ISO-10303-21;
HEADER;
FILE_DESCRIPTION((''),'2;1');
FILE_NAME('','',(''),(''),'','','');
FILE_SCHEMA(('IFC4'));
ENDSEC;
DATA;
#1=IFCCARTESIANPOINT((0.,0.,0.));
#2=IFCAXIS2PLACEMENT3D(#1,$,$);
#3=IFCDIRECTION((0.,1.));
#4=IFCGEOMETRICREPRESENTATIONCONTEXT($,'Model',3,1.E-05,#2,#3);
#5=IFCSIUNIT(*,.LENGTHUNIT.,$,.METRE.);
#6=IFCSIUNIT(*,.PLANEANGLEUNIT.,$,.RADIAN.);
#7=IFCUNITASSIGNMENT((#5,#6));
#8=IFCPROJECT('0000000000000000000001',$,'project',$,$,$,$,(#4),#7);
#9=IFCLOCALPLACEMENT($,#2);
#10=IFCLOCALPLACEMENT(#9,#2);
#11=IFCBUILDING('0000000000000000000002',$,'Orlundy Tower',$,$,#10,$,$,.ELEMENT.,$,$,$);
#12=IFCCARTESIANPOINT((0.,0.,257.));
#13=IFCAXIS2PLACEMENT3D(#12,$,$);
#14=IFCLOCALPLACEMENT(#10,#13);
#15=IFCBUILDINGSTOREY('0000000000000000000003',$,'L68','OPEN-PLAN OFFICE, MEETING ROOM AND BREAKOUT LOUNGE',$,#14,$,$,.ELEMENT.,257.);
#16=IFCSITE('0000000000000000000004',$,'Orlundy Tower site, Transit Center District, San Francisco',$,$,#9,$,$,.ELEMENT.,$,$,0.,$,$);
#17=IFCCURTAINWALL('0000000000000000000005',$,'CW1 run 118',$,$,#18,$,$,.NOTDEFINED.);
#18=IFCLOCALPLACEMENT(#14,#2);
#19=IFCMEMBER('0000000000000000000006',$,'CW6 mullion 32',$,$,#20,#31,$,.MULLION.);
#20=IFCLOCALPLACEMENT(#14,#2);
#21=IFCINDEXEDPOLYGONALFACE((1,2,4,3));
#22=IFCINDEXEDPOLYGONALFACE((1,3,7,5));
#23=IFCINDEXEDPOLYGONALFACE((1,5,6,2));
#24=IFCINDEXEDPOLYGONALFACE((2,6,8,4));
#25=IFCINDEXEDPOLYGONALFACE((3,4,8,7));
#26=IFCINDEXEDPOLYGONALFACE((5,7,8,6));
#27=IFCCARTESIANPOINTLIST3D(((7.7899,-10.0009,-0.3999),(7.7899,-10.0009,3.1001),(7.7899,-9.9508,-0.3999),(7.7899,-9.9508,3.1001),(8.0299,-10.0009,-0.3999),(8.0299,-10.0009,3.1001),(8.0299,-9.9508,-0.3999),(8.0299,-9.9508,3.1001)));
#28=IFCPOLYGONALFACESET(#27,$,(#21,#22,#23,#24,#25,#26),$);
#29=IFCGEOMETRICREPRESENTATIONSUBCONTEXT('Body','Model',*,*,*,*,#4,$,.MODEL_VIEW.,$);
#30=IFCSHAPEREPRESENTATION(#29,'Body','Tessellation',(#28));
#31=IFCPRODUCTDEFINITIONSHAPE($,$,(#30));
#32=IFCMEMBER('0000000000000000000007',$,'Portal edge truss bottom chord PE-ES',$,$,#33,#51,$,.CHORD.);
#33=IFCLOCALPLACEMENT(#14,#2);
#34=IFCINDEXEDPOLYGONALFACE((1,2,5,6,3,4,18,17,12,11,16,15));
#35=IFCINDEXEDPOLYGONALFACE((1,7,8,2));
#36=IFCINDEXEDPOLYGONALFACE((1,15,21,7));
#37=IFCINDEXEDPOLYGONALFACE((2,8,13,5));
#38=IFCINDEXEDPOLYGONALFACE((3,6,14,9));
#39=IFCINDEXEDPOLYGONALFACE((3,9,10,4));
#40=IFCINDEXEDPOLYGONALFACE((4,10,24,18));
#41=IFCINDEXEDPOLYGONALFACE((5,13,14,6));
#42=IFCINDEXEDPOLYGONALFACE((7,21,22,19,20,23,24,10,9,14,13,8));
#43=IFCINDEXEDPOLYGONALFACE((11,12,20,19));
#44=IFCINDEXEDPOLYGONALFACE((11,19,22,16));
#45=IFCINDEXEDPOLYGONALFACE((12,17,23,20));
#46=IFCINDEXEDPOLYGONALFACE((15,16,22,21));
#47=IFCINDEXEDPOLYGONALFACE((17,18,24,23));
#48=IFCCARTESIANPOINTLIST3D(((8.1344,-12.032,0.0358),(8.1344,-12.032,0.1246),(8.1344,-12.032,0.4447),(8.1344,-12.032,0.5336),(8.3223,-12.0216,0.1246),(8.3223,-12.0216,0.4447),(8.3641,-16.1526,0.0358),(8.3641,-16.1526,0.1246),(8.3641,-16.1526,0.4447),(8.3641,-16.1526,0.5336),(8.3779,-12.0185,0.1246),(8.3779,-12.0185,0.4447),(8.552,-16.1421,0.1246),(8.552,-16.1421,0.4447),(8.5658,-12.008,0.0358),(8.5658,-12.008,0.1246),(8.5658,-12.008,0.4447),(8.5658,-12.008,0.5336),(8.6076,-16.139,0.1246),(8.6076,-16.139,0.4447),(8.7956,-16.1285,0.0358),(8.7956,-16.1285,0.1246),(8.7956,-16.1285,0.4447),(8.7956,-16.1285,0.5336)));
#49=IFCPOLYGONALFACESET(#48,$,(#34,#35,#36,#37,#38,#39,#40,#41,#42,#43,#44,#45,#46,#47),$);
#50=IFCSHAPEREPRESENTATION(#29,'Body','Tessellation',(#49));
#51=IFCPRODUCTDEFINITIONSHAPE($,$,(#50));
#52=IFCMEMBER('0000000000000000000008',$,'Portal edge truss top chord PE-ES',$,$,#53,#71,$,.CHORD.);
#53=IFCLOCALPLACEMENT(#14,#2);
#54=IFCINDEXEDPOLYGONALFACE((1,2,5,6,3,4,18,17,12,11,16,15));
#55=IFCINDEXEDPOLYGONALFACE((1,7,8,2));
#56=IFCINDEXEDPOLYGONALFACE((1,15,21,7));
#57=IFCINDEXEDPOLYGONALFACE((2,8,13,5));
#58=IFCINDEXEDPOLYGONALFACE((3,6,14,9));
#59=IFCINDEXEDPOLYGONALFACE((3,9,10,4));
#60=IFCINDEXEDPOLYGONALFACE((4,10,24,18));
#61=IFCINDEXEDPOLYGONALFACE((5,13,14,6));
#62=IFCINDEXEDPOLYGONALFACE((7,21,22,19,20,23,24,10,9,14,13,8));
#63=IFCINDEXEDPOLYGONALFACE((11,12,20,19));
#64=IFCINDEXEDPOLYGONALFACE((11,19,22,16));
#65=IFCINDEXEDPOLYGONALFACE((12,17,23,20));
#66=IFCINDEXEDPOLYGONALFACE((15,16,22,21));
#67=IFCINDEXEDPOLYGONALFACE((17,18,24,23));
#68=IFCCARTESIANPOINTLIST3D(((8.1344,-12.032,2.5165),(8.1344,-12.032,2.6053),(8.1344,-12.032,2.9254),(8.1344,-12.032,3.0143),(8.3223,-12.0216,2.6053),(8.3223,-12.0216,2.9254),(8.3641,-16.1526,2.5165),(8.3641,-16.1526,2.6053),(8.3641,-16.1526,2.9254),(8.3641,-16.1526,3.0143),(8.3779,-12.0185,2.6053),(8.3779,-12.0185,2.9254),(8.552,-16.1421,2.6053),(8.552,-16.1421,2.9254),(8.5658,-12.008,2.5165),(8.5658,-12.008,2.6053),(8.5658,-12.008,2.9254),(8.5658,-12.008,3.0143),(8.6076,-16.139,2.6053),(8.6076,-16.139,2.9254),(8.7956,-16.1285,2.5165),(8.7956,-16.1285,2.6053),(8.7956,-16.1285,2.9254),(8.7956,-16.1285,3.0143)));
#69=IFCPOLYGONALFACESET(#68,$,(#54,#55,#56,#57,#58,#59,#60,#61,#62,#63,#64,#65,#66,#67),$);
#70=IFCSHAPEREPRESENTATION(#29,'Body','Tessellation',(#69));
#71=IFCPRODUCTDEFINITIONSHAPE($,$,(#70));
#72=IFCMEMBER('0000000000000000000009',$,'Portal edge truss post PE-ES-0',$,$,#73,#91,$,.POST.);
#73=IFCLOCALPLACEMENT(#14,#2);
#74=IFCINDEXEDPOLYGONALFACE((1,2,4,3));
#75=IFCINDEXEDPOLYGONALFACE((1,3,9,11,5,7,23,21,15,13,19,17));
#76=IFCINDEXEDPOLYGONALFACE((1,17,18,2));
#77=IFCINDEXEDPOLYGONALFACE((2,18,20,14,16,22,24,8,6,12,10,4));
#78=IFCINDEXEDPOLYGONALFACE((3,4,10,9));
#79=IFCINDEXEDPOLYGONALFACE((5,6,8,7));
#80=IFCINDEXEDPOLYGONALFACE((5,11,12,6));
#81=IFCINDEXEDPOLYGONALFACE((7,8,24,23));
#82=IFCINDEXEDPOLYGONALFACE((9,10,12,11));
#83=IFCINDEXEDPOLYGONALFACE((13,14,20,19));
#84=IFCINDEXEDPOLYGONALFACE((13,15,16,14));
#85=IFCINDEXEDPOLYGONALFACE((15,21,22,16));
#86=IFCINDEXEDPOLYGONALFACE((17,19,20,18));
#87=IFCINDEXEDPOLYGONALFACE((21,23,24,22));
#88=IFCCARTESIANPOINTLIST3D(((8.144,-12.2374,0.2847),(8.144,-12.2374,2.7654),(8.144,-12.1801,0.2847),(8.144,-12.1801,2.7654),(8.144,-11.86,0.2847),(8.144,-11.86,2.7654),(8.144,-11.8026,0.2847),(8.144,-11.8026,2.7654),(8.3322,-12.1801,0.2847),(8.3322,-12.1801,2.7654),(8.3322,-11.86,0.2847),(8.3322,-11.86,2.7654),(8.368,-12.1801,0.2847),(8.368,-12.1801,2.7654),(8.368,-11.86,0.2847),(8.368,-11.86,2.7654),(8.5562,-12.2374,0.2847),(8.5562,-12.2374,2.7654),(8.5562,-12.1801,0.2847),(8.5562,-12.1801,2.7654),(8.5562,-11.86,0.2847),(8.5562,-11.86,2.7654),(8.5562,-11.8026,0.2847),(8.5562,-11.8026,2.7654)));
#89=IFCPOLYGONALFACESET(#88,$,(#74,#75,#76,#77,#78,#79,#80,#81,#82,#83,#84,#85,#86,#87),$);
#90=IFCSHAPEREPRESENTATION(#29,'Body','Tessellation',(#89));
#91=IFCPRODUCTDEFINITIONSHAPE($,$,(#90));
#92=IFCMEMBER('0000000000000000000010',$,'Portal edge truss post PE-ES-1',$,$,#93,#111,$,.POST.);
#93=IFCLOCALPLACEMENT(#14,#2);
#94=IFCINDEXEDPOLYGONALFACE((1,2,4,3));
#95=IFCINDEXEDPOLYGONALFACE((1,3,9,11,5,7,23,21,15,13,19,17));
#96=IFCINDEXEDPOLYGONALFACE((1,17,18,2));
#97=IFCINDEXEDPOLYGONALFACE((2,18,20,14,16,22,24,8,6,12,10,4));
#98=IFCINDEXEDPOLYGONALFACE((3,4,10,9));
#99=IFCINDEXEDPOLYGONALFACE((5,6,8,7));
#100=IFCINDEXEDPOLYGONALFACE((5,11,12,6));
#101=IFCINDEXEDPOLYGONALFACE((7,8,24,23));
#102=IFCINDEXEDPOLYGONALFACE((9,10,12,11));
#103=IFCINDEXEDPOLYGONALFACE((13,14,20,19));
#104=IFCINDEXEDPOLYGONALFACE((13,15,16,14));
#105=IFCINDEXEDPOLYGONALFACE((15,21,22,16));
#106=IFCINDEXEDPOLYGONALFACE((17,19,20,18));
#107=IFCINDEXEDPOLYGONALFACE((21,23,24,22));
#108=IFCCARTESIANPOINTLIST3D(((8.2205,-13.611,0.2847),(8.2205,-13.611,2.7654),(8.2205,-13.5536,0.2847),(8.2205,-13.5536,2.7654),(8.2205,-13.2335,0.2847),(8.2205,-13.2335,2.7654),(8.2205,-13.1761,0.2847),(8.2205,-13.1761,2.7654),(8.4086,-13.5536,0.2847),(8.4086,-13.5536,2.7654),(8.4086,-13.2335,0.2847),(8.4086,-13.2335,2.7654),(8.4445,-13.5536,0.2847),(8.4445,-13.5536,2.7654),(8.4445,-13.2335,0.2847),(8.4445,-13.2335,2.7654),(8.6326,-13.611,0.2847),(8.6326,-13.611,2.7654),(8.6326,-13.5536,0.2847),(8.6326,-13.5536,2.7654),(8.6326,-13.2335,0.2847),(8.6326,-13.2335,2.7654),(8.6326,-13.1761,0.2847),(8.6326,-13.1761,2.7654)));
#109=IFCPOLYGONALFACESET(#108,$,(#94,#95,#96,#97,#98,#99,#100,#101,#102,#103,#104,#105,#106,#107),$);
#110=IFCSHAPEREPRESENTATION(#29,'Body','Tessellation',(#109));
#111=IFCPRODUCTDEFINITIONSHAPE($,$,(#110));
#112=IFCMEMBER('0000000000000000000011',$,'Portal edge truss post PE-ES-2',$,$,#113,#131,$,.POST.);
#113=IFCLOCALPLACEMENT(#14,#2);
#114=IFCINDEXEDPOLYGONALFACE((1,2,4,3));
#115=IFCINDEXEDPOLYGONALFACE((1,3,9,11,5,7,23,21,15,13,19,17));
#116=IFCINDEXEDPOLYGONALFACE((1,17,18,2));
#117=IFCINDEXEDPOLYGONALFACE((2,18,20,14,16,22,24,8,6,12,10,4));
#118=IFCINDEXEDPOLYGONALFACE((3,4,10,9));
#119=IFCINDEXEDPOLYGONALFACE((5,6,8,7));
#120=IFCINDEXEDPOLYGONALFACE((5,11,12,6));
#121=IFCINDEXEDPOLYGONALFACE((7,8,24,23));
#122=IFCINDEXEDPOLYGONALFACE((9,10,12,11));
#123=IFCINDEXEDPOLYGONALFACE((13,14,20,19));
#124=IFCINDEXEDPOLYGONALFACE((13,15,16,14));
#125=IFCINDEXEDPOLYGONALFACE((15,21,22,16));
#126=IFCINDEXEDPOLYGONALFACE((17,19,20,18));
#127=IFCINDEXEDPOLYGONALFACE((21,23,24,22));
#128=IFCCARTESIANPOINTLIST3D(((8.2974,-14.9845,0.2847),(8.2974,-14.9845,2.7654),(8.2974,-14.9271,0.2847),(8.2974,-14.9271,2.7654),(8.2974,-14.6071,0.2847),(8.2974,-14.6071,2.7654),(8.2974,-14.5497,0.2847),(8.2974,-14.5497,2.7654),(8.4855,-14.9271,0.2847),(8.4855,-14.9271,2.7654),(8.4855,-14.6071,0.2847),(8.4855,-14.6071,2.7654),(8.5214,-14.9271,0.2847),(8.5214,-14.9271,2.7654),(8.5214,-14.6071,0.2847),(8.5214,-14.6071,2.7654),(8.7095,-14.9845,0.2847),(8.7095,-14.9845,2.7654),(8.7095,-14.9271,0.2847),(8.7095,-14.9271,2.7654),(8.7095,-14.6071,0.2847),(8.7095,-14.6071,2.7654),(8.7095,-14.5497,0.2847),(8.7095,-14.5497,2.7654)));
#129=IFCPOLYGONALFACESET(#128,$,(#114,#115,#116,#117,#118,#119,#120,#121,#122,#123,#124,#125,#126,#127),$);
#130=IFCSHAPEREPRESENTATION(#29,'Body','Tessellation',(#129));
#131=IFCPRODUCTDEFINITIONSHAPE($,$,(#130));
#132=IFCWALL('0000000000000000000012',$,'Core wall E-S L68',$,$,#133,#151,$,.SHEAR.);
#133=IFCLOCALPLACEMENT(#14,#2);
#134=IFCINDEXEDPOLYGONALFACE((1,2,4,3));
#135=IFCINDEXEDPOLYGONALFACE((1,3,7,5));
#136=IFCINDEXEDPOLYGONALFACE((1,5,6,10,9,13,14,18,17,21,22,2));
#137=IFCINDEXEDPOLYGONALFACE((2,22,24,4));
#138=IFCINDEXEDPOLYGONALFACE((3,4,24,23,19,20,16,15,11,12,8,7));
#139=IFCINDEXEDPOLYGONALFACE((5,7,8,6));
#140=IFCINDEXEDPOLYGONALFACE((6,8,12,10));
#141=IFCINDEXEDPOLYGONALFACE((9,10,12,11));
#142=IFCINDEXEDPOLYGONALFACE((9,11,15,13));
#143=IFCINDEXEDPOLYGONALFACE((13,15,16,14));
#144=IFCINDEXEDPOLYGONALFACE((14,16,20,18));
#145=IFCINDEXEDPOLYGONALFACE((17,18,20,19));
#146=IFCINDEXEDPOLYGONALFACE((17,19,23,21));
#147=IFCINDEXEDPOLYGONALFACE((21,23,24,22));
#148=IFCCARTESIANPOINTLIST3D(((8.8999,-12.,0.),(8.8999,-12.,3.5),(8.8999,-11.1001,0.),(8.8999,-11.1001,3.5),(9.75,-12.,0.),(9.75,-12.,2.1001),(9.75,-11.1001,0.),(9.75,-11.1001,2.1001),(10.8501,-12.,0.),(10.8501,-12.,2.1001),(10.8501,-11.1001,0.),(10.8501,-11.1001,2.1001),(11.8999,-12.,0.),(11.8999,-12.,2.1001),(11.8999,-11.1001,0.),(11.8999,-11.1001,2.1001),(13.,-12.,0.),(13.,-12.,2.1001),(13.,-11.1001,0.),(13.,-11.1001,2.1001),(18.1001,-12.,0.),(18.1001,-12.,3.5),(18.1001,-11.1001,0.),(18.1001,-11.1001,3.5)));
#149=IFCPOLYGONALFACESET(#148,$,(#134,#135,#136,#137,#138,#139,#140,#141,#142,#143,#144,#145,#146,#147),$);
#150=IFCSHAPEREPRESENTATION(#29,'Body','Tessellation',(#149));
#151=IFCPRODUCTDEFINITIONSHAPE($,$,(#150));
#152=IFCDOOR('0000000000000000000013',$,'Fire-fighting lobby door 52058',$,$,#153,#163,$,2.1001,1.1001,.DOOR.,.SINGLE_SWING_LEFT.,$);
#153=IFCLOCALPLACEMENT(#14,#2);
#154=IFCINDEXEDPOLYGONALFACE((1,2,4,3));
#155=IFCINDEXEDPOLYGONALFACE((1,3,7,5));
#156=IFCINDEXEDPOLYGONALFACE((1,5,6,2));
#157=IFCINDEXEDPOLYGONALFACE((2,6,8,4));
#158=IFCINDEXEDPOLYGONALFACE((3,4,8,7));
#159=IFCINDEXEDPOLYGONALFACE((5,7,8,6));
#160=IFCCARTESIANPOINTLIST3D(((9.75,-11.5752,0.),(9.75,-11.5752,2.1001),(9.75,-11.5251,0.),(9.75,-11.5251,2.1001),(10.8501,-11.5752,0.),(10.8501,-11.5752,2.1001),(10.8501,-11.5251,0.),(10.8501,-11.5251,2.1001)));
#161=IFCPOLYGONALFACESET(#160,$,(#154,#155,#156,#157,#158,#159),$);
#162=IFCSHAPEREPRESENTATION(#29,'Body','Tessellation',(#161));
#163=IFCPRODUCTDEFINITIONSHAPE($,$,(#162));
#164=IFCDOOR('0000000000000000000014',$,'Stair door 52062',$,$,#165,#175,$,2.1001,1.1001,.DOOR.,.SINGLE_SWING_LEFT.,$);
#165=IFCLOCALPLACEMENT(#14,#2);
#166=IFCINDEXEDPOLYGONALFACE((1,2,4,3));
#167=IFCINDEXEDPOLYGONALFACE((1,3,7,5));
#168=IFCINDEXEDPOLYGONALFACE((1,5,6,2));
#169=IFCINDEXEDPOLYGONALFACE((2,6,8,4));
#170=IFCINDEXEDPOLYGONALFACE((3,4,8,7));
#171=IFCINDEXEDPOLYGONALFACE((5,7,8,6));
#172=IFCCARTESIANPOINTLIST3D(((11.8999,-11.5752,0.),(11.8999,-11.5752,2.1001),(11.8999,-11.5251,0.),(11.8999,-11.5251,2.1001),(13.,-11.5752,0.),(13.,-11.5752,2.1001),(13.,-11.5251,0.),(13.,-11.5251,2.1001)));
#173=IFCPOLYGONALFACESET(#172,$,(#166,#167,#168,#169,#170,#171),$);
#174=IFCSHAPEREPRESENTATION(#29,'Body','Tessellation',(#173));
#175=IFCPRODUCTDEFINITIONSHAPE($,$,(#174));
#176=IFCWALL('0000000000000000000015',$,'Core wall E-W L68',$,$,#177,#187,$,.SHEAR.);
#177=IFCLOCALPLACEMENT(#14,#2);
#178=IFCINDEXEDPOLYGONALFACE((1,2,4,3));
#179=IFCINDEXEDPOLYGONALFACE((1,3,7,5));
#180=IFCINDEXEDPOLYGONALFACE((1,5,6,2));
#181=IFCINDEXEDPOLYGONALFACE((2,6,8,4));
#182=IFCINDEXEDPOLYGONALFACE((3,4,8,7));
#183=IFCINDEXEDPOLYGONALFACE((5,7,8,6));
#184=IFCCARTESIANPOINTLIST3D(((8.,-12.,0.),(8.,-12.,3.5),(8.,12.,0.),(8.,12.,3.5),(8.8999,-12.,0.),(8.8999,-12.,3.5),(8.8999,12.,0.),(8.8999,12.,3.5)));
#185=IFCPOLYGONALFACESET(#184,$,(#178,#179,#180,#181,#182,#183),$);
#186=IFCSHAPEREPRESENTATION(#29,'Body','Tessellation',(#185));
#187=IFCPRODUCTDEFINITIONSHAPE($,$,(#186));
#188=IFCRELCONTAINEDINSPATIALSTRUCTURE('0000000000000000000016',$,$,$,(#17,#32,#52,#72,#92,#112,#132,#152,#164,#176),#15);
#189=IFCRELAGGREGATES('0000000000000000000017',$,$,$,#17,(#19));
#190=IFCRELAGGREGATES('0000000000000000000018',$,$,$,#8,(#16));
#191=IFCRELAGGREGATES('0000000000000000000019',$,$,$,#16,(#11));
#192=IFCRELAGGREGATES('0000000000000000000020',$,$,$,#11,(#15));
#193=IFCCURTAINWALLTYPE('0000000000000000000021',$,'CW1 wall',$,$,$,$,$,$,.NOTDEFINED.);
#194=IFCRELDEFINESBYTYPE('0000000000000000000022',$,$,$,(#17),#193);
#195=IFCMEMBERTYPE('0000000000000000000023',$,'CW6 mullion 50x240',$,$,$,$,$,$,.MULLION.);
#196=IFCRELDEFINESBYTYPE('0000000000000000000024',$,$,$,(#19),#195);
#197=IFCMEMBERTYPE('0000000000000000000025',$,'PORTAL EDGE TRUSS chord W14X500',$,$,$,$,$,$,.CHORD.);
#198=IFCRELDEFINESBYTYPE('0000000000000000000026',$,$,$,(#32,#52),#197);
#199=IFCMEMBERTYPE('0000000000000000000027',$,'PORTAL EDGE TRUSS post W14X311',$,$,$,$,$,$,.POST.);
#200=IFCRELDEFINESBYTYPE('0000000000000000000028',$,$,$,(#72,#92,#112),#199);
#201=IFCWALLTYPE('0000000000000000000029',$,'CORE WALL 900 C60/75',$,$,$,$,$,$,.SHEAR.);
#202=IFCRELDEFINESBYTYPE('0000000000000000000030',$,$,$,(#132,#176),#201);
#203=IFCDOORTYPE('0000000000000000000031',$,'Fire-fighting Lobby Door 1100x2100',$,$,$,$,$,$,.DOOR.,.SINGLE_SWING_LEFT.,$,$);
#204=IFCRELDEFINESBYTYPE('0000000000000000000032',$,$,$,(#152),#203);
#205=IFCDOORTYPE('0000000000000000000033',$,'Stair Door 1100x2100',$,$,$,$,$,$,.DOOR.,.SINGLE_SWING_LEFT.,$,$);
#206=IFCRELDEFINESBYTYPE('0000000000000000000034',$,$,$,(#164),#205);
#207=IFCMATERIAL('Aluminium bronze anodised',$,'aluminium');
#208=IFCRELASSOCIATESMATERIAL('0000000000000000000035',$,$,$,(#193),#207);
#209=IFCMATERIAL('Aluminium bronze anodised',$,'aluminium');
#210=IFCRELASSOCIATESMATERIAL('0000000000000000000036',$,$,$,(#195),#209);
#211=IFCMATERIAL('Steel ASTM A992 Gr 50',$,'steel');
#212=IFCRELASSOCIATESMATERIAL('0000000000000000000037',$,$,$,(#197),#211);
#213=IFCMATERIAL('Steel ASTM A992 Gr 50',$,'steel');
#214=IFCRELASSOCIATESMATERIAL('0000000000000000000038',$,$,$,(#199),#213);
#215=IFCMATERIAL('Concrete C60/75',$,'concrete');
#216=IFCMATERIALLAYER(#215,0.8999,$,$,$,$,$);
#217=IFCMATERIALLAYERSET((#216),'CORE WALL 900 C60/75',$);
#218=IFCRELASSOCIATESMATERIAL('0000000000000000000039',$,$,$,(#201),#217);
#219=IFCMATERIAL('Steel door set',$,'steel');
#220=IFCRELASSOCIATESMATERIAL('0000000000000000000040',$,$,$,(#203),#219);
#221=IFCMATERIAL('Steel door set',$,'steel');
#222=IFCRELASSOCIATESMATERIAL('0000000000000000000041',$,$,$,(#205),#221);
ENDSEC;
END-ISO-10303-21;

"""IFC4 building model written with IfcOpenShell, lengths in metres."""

from ifc_helpers import new_model, si_unit, direction, frame, frame_2d, origin, origin_2d, place, context, subcontext, project, spatial, rectangle, i_section, extrude, material, layer, layer_set, material_profile, profile_set, type_object, element, fill, aggregate, save


model = new_model("IFC4")

# Units and contexts
model_context = context("Model", 3, precision=1e-05, world=origin(), true_north=direction((0.0, 1.0)))
body_context = subcontext(model_context, "Body", "Model", "MODEL_VIEW")
ifc_project = project(units=[si_unit("LENGTHUNIT", "METRE"), si_unit("PLANEANGLEUNIT", "RADIAN")], contexts=[model_context])

# Site, building, storey
site_placement = place(None, origin())
site = spatial("IfcSite", under=ifc_project, at=site_placement, Name="Orlundy Tower site, Transit Center District, San Francisco", CompositionType="ELEMENT", RefElevation=0.0)
building_placement = place(site_placement, origin())
building = spatial("IfcBuilding", under=site, at=building_placement, Name="Orlundy Tower", CompositionType="ELEMENT")
storey_placement = place(building_placement, frame((0.0, 0.0, 257.0)))
storey = spatial("IfcBuildingStorey", under=building, at=storey_placement, Name="L68", Description="OPEN-PLAN OFFICE, MEETING ROOM AND BREAKOUT LOUNGE", CompositionType="ELEMENT", Elevation=257.0)

# Curtain wall, member
ifc_material_1 = material(Name="Aluminium bronze anodised", Category="aluminium")
curtain_wall_type = type_object("IfcCurtainWallType", Name="CW1 wall", PredefinedType="NOTDEFINED", material=ifc_material_1)
curtain_wall_placement = place(storey_placement, origin())
curtain_wall = element("IfcCurtainWall", 1, at=curtain_wall_placement, inside=storey, type_object=curtain_wall_type, Name="CW1 run 118", PredefinedType="NOTDEFINED")
ifc_material_2 = material(Name="Aluminium bronze anodised", Category="aluminium")
ifc_material_profile_1 = material_profile(ifc_material_2, rectangle(XDim=0.24, YDim=0.05, at=origin_2d()), Name="CW6 mullion 50x240")
ifc_profile_set_1 = profile_set([ifc_material_profile_1], Name="Aluminium bronze anodised")
member_type_1 = type_object("IfcMemberType", Name="CW6 mullion 50x240", PredefinedType="MULLION", material=ifc_profile_set_1)
member_placement = place(storey_placement, frame((7.9099, -9.9758, -0.3999), z_axis=(0.0, 0.0, 1.0), x_axis=(-1.0, 0.0, 0.0)))
member = element("IfcMember", 2, at=member_placement, type_object=member_type_1, Name="CW6 mullion 32", PredefinedType="MULLION", context=body_context, shape_type="SweptSolid", body=[
    extrude(rectangle(XDim=0.24, YDim=0.05, at=origin_2d()), origin(), (0.0, 0.0, 1.0), 3.5),
])
aggregate(curtain_wall, [member])

# Members
ifc_material_3 = material(Name="Steel ASTM A992 Gr 50", Category="steel")
ifc_material_profile_2 = material_profile(ifc_material_3, i_section(OverallWidth=0.4321, OverallDepth=0.4978, WebThickness=0.0557, FlangeThickness=0.0889, at=origin_2d()), Name="W14X500")
ifc_profile_set_2 = profile_set([ifc_material_profile_2], Name="Steel ASTM A992 Gr 50")
member_type_2 = type_object("IfcMemberType", Name="PORTAL EDGE TRUSS chord W14X500", PredefinedType="CHORD", material=ifc_profile_set_2)
for number, where, z_axis, x_axis, name in (
    (3, (8.3501, -12.02, 0.2847), (0.055667, -0.998449, 0.0), (0.998449, 0.055667, 0.0), "Portal edge truss bottom chord PE-ES"),
    (4, (8.3501, -12.02, 2.7654), (0.055667, -0.998449, 0.0), (0.998449, 0.055667, 0.0), "Portal edge truss top chord PE-ES"),
):
    element("IfcMember", number, at=place(storey_placement, frame(where, z_axis=z_axis, x_axis=x_axis)), inside=storey, type_object=member_type_2, Name=name, PredefinedType="CHORD", context=body_context, shape_type="SweptSolid", body=[
        extrude(i_section(OverallWidth=0.4321, OverallDepth=0.4978, WebThickness=0.0557, FlangeThickness=0.0889, at=origin_2d()), origin(), (0.0, 0.0, 1.0), 4.127),
    ])
ifc_material_4 = material(Name="Steel ASTM A992 Gr 50", Category="steel")
ifc_material_profile_3 = material_profile(ifc_material_4, i_section(OverallWidth=0.4121, OverallDepth=0.4348, WebThickness=0.0359, FlangeThickness=0.0574, at=origin_2d()), Name="W14X311")
ifc_profile_set_3 = profile_set([ifc_material_profile_3], Name="Steel ASTM A992 Gr 50")
member_type_3 = type_object("IfcMemberType", Name="PORTAL EDGE TRUSS post W14X311", PredefinedType="POST", material=ifc_profile_set_3)
for number, where, z_axis, x_axis, name in (
    (5, (8.3501, -12.02, 0.2847), (0.0, 0.0, 1.0), (1.0, 0.0, 0.0), "Portal edge truss post PE-ES-0"),
    (6, (8.4265, -13.3936, 0.2847), (0.0, 0.0, 1.0), (1.0, 0.0, 0.0), "Portal edge truss post PE-ES-1"),
    (7, (8.5034, -14.7671, 0.2847), (0.0, 0.0, 1.0), (1.0, 0.0, 0.0), "Portal edge truss post PE-ES-2"),
):
    element("IfcMember", number, at=place(storey_placement, frame(where, z_axis=z_axis, x_axis=x_axis)), inside=storey, type_object=member_type_3, Name=name, PredefinedType="POST", context=body_context, shape_type="SweptSolid", body=[
        extrude(i_section(OverallWidth=0.4121, OverallDepth=0.4348, WebThickness=0.0359, FlangeThickness=0.0574, at=origin_2d()), origin(), (0.0, 0.0, 1.0), 2.4807),
    ])

# Wall, openings, doors
ifc_material_5 = material(Name="Concrete C60/75", Category="concrete")
ifc_layer_1 = layer(ifc_material_5, 0.8999)
ifc_layer_set_1 = layer_set([ifc_layer_1], Name="CORE WALL 900 C60/75")
wall_type_1 = type_object("IfcWallType", Name="CORE WALL 900 C60/75", PredefinedType="SHEAR", material=ifc_layer_set_1)
wall_1_placement = place(storey_placement, frame((8.8999, -11.55, 0.0), z_axis=(0.0, 0.0, 1.0), x_axis=(1.0, 0.0, 0.0)))
wall_1 = element("IfcWall", 8, at=wall_1_placement, inside=storey, type_object=wall_type_1, Name="Core wall E-S L68", PredefinedType="SHEAR", context=body_context, shape_type="SweptSolid", body=[
    extrude(rectangle(XDim=9.2002, YDim=0.8999, at=frame_2d((4.6001, 0.0))), origin(), (0.0, 0.0, 1.0), 3.5),
])
opening_1_placement = place(wall_1_placement, frame((0.8501, 0.0, 0.0)))
opening_1 = element("IfcOpeningElement", 9, at=opening_1_placement, cuts=wall_1, PredefinedType="OPENING", context=body_context, shape_type="SweptSolid", body=[
    extrude(rectangle(XDim=1.1001, YDim=2.1001, at=frame_2d((0.55, 1.05))), frame((0.0, 0.46, 0.0), z_axis=(0.0, -1.0, 0.0), x_axis=(1.0, 0.0, 0.0)), (0.0, 0.0, 1.0), 0.9199),
])
opening_2_placement = place(wall_1_placement, frame((3.0, 0.0, 0.0)))
opening_2 = element("IfcOpeningElement", 10, at=opening_2_placement, cuts=wall_1, PredefinedType="OPENING", context=body_context, shape_type="SweptSolid", body=[
    extrude(rectangle(XDim=1.1001, YDim=2.1001, at=frame_2d((0.55, 1.05))), frame((0.0, 0.46, 0.0), z_axis=(0.0, -1.0, 0.0), x_axis=(1.0, 0.0, 0.0)), (0.0, 0.0, 1.0), 0.9199),
])
ifc_material_6 = material(Name="Steel door set", Category="steel")
door_type_1 = type_object("IfcDoorType", Name="Fire-fighting Lobby Door 1100x2100", OperationType="SINGLE_SWING_LEFT", PredefinedType="DOOR", material=ifc_material_6)
door_1_placement = place(opening_1_placement, origin())
door_1 = element("IfcDoor", 11, at=door_1_placement, inside=storey, type_object=door_type_1, Name="Fire-fighting lobby door 52058", OperationType="SINGLE_SWING_LEFT", OverallHeight=2.1001, OverallWidth=1.1001, PredefinedType="DOOR", context=body_context, shape_type="SweptSolid", body=[
    extrude(rectangle(XDim=1.1001, YDim=2.1001, at=frame_2d((0.55, 1.05))), frame((0.0, 0.0249, 0.0), z_axis=(0.0, -1.0, 0.0), x_axis=(1.0, 0.0, 0.0)), (0.0, 0.0, 1.0), 0.05),
])
fill(opening_1, door_1)
ifc_material_7 = material(Name="Steel door set", Category="steel")
door_type_2 = type_object("IfcDoorType", Name="Stair Door 1100x2100", OperationType="SINGLE_SWING_LEFT", PredefinedType="DOOR", material=ifc_material_7)
door_2_placement = place(opening_2_placement, origin())
door_2 = element("IfcDoor", 12, at=door_2_placement, inside=storey, type_object=door_type_2, Name="Stair door 52062", OperationType="SINGLE_SWING_LEFT", OverallHeight=2.1001, OverallWidth=1.1001, PredefinedType="DOOR", context=body_context, shape_type="SweptSolid", body=[
    extrude(rectangle(XDim=1.1001, YDim=2.1001, at=frame_2d((0.55, 1.05))), frame((0.0, 0.0249, 0.0), z_axis=(0.0, -1.0, 0.0), x_axis=(1.0, 0.0, 0.0)), (0.0, 0.0, 1.0), 0.05),
])
fill(opening_2, door_2)

# Wall
wall_2_placement = place(storey_placement, frame((8.45, -12.0, 0.0), z_axis=(0.0, 0.0, 1.0), x_axis=(0.0, 1.0, 0.0)))
element("IfcWall", 13, at=wall_2_placement, inside=storey, type_object=wall_type_1, Name="Core wall E-W L68", PredefinedType="SHEAR", context=body_context, shape_type="SweptSolid", body=[
    extrude(rectangle(XDim=24.0, YDim=0.8999, at=frame_2d((12.0, 0.0))), origin(), (0.0, 0.0, 1.0), 3.5),
])

save(model, "model.ifc")
